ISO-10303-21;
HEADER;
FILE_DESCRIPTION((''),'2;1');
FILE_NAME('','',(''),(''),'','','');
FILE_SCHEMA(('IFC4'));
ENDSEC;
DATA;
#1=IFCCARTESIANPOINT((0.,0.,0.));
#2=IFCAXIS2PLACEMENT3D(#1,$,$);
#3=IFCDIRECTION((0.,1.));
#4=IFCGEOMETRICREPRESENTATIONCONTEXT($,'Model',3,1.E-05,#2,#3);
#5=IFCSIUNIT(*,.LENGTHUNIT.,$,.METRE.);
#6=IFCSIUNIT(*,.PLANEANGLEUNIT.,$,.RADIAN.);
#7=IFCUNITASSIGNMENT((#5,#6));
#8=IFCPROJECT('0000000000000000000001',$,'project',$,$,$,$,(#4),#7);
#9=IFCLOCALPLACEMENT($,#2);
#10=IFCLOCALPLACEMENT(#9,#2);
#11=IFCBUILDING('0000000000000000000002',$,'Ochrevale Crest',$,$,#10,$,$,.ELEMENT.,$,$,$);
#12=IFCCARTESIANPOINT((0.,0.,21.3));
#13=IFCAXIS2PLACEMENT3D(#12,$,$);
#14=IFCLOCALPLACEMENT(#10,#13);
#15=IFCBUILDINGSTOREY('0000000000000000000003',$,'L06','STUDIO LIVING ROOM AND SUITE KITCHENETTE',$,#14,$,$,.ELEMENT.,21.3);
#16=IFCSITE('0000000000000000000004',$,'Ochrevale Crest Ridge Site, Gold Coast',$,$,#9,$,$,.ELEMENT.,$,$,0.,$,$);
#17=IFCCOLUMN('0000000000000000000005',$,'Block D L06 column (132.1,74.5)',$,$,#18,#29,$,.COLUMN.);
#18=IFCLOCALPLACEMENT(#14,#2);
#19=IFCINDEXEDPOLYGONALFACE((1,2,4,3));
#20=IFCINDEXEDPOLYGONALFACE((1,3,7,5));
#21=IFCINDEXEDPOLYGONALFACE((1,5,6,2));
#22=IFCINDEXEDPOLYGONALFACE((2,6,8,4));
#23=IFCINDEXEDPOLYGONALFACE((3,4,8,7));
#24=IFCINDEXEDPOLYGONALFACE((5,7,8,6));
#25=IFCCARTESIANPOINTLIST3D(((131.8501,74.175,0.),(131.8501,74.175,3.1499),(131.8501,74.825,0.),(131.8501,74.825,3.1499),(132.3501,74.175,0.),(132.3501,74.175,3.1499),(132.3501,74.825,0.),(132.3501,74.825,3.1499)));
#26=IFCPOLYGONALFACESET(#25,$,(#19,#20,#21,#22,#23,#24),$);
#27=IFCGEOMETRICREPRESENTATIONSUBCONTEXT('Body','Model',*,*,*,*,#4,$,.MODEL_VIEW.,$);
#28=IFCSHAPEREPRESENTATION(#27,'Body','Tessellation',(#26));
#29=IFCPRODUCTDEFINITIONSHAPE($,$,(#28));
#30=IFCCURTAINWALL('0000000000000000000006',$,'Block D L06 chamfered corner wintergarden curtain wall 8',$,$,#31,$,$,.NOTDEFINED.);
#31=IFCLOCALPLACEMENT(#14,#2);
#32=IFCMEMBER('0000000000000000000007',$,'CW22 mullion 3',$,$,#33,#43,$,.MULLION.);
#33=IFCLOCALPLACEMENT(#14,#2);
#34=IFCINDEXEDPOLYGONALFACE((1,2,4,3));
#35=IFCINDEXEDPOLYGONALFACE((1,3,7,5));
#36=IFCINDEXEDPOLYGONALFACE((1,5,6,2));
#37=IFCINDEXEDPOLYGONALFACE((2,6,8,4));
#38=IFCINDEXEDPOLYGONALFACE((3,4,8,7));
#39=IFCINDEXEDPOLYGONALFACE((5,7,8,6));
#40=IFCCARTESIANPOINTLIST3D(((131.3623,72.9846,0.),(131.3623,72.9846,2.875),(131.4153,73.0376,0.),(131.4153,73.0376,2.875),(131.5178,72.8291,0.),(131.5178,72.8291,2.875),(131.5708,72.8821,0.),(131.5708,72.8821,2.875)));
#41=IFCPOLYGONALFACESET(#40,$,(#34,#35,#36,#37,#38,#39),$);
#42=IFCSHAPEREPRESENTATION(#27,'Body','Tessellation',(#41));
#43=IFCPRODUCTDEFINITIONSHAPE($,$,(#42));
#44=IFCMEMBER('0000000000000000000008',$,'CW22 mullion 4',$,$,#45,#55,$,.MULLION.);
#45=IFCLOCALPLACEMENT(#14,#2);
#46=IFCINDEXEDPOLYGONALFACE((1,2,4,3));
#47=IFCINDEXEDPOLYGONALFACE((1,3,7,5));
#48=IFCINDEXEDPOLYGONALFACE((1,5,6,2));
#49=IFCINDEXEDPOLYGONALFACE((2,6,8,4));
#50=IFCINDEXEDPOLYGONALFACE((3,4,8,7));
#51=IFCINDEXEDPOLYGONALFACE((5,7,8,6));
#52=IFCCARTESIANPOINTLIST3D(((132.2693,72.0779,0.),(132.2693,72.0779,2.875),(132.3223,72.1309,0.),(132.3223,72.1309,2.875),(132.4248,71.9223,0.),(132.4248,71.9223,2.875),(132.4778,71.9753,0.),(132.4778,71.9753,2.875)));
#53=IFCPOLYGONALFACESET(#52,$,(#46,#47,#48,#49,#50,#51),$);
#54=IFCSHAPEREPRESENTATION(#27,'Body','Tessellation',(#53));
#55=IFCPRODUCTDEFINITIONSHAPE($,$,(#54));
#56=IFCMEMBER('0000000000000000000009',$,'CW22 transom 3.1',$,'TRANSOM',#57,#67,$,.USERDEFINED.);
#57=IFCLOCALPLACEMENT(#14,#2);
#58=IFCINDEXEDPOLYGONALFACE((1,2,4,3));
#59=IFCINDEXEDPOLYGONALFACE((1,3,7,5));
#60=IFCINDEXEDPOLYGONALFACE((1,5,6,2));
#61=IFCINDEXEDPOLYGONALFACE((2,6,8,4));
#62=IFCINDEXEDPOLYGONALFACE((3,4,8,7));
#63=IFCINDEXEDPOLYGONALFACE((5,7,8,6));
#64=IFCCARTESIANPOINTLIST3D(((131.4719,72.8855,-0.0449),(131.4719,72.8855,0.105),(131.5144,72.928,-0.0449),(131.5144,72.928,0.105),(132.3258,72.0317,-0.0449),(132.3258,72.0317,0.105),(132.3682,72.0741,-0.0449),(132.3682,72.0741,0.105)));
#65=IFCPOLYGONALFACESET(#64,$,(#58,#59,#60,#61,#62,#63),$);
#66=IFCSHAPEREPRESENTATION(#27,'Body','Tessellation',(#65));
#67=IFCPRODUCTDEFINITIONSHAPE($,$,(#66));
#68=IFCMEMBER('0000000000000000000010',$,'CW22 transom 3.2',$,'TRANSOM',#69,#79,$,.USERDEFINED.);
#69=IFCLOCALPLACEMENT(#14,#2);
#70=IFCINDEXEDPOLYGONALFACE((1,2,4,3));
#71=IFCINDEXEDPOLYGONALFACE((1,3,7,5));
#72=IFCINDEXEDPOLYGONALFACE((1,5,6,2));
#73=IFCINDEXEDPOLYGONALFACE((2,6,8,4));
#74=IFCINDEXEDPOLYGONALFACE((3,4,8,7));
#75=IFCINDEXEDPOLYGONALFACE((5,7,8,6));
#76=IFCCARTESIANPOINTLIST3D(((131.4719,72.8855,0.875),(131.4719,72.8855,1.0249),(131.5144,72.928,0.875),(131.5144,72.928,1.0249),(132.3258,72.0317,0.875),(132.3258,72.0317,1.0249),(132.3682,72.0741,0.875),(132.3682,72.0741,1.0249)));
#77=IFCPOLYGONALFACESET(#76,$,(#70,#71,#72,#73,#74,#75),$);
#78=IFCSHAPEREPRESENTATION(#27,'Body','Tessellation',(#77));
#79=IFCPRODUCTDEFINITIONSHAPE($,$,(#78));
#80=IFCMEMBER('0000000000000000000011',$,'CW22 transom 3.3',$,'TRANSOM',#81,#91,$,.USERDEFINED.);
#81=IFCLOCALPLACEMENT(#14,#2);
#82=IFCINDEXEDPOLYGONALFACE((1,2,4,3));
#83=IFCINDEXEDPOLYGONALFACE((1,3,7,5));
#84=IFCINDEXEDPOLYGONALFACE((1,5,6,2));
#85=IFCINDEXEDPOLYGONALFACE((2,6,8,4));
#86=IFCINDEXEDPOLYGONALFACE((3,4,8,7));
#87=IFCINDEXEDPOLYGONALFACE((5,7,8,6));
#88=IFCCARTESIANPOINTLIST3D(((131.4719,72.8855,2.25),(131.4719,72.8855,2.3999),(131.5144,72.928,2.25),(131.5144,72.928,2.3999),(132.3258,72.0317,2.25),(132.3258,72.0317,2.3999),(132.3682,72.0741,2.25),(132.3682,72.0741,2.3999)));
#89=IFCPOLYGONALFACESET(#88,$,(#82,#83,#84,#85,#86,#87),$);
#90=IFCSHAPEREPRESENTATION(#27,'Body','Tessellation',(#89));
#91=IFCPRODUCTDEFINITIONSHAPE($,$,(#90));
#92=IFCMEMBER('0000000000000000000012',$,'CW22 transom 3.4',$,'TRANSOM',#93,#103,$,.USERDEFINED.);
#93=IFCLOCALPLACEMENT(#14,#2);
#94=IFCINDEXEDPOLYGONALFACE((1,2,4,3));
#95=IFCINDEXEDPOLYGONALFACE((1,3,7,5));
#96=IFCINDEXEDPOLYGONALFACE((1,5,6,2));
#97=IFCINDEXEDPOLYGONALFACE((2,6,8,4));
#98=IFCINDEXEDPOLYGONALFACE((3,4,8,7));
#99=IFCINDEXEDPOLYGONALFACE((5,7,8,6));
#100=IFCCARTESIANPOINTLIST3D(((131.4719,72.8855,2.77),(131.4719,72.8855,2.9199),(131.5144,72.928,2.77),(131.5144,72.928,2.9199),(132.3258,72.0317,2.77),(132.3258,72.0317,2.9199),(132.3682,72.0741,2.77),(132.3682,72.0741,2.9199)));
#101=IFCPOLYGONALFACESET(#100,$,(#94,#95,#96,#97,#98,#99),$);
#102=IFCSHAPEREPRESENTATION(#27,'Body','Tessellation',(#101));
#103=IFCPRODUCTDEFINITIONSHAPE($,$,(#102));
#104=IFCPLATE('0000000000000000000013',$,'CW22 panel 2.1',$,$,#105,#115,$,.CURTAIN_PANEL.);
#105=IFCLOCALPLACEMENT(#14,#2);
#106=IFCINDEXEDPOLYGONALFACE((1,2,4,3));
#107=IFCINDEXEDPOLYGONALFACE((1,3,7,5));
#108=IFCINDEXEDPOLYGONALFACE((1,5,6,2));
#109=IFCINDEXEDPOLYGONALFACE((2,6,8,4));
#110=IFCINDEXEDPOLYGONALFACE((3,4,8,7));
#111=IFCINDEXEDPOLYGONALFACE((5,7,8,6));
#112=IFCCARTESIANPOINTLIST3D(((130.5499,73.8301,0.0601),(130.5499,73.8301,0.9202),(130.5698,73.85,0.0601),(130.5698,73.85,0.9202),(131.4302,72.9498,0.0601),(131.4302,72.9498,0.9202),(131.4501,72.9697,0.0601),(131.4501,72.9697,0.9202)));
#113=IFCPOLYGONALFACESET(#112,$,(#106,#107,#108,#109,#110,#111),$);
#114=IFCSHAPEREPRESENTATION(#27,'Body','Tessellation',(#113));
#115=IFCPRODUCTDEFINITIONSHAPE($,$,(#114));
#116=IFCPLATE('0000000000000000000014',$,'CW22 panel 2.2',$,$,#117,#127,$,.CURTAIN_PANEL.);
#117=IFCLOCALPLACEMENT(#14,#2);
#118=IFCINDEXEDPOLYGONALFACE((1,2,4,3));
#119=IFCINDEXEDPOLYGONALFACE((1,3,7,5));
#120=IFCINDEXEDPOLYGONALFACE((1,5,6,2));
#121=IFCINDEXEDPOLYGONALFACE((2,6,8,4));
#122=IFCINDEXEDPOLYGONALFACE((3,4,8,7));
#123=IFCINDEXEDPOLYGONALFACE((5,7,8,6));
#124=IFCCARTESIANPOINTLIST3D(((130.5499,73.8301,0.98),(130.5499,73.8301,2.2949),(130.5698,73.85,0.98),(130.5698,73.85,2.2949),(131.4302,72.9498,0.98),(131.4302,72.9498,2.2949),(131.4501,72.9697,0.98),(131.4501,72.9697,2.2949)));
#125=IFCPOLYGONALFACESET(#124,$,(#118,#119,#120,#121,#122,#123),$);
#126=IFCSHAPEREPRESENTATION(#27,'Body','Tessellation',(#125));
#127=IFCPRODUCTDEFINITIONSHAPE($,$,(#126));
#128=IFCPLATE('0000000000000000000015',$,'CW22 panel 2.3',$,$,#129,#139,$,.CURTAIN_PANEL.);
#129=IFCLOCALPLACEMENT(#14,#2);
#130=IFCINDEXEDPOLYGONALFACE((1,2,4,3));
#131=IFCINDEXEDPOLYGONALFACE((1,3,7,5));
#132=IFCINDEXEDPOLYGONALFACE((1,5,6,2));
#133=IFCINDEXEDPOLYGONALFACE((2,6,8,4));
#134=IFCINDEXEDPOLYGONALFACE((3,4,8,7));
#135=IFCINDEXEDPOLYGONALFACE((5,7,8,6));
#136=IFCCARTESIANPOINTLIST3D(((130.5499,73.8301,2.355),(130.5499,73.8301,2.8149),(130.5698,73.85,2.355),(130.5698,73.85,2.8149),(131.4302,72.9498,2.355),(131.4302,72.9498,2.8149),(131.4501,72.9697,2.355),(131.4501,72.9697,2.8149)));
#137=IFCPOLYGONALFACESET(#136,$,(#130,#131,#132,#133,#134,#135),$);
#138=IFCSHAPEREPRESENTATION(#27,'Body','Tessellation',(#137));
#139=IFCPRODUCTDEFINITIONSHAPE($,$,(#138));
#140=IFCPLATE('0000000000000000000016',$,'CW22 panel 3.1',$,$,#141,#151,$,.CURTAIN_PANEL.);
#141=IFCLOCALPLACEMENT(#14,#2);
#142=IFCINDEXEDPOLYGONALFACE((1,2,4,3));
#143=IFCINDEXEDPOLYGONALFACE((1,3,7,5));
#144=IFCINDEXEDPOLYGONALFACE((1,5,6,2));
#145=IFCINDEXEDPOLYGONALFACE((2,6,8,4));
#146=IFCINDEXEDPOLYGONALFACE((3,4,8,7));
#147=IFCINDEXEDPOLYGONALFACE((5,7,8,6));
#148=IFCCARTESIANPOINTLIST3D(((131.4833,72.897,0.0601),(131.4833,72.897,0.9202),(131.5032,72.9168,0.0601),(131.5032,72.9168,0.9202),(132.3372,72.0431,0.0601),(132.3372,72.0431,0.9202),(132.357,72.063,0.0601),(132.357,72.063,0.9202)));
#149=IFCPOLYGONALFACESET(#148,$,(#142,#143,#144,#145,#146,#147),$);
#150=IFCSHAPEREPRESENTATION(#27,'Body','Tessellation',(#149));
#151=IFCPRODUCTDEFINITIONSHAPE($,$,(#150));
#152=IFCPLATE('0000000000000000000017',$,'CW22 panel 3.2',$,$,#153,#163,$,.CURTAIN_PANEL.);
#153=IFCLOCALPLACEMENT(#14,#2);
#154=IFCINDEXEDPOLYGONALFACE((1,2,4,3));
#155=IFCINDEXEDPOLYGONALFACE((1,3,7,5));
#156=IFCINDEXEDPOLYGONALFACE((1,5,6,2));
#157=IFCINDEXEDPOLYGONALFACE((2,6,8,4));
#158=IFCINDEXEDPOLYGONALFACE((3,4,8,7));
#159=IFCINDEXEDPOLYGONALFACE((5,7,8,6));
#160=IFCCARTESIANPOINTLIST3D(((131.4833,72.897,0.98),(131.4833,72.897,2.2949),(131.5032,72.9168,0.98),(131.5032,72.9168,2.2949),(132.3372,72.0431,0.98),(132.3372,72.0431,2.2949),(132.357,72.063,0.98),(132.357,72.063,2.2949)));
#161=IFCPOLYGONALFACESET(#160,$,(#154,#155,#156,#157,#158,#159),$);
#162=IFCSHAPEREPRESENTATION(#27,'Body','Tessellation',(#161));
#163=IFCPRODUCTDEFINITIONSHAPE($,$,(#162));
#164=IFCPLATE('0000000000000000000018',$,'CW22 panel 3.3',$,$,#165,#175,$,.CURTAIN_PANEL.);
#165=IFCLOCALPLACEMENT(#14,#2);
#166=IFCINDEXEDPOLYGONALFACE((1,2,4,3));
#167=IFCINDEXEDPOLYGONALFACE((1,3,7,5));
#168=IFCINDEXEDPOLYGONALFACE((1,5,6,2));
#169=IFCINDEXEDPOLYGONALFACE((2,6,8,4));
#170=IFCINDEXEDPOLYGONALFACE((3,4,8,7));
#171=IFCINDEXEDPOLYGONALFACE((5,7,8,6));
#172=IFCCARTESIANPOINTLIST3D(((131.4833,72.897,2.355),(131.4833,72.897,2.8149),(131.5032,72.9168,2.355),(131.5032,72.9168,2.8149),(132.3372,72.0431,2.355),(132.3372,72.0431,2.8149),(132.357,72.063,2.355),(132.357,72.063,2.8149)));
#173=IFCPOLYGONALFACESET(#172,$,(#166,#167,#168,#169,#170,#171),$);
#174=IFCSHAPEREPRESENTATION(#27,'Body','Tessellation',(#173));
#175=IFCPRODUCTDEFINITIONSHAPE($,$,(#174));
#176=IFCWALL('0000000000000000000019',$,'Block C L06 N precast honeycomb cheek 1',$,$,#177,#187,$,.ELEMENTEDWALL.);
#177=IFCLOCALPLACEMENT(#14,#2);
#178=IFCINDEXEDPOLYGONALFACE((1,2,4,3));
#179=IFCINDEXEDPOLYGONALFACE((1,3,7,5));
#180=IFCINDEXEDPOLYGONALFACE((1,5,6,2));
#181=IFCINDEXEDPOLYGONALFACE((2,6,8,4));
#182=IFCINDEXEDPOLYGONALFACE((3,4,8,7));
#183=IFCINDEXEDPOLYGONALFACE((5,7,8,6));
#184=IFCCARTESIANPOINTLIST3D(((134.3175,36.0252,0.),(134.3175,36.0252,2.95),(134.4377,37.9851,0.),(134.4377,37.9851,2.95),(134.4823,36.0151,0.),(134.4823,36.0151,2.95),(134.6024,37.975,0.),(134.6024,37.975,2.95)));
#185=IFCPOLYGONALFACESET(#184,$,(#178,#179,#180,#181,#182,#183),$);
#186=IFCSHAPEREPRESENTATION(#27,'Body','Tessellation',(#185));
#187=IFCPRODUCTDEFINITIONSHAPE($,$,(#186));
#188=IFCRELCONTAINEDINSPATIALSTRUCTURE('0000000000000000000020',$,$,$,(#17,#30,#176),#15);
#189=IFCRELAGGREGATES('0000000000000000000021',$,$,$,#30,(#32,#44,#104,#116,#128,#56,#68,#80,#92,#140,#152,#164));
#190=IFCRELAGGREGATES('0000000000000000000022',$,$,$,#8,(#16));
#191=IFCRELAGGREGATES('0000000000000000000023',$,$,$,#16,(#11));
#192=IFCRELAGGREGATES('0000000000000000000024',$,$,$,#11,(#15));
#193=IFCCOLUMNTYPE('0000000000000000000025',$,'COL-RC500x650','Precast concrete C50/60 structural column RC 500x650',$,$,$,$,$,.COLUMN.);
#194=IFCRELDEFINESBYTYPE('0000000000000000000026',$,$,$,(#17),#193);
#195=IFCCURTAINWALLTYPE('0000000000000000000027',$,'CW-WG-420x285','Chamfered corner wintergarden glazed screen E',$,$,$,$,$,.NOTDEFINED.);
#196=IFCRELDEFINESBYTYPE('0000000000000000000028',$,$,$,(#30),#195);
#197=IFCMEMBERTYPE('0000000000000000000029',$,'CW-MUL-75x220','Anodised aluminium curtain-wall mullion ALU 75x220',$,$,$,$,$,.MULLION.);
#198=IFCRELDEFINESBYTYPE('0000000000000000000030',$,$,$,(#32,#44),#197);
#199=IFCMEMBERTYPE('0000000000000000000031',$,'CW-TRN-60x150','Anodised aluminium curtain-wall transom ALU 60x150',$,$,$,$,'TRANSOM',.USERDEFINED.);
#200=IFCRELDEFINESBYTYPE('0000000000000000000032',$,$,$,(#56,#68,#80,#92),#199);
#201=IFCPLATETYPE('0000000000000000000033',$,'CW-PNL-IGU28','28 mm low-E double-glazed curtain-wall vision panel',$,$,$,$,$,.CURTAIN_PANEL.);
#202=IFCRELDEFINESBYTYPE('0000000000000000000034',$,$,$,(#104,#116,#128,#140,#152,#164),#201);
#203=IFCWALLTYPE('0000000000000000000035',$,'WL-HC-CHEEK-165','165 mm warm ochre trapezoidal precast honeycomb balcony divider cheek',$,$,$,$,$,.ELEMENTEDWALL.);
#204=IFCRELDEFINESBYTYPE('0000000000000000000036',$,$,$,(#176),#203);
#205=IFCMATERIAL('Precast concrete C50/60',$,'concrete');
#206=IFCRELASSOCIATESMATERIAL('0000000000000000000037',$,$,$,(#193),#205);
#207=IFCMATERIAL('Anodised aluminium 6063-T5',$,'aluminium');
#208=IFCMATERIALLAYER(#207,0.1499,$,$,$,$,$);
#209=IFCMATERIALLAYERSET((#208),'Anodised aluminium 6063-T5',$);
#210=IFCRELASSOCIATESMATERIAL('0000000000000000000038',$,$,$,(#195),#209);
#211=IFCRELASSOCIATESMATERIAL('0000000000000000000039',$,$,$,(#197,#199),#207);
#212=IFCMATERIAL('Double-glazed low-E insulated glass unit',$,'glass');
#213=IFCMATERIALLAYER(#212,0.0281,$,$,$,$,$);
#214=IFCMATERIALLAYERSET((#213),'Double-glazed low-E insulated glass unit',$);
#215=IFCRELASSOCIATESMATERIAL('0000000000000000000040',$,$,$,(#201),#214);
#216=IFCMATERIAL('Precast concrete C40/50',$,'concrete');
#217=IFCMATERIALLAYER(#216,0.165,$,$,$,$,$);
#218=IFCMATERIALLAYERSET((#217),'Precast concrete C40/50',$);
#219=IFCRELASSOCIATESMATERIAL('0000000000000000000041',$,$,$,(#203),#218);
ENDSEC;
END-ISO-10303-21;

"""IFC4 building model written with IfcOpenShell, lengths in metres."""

from ifc_helpers import new_model, si_unit, direction, frame, frame_2d, origin, origin_2d, place, context, subcontext, project, spatial, rectangle, extrude, material, layer, layer_set, material_profile, profile_set, type_object, element, aggregate, save


model = new_model("IFC4")

# Units and contexts
model_context = context("Model", 3, precision=1e-05, world=origin(), true_north=direction((0.0, 1.0)))
body_context = subcontext(model_context, "Body", "Model", "MODEL_VIEW")
ifc_project = project(units=[si_unit("LENGTHUNIT", "METRE"), si_unit("PLANEANGLEUNIT", "RADIAN")], contexts=[model_context])

# Site, building, storey
site_placement = place(None, origin())
site = spatial("IfcSite", under=ifc_project, at=site_placement, Name="Ochrevale Crest Ridge Site, Gold Coast", CompositionType="ELEMENT", RefElevation=0.0)
building_placement = place(site_placement, origin())
building = spatial("IfcBuilding", under=site, at=building_placement, Name="Ochrevale Crest", CompositionType="ELEMENT")
storey_placement = place(building_placement, frame((0.0, 0.0, 21.3)))
storey = spatial("IfcBuildingStorey", under=building, at=storey_placement, Name="L06", Description="STUDIO LIVING ROOM AND SUITE KITCHENETTE", CompositionType="ELEMENT", Elevation=21.3)

# Column
ifc_material_1 = material(Name="Precast concrete C50/60", Category="concrete")
ifc_material_profile_1 = material_profile(ifc_material_1, rectangle(XDim=0.5, YDim=0.6499, at=origin_2d()), Name="RC 500x650")
ifc_profile_set_1 = profile_set([ifc_material_profile_1], Name="Precast concrete C50/60")
column_type = type_object("IfcColumnType", Name="COL-RC500x650", Description="Precast concrete C50/60 structural column RC 500x650", PredefinedType="COLUMN", material=ifc_profile_set_1)
column_placement = place(storey_placement, frame((132.1001, 74.5, 0.0), z_axis=(0.0, 0.0, 1.0), x_axis=(1.0, 0.0, 0.0)))
element("IfcColumn", 1, at=column_placement, inside=storey, type_object=column_type, Name="Block D L06 column (132.1,74.5)", PredefinedType="COLUMN", context=body_context, shape_type="SweptSolid", body=[
    extrude(rectangle(XDim=0.5, YDim=0.6499, at=origin_2d()), origin(), (0.0, 0.0, 1.0), 3.1499),
])

# Curtain wall, members, plates
ifc_material_2 = material(Name="Anodised aluminium 6063-T5", Category="aluminium")
ifc_layer_1 = layer(ifc_material_2, 0.1499)
ifc_layer_set_1 = layer_set([ifc_layer_1], Name="Anodised aluminium 6063-T5")
curtain_wall_type = type_object("IfcCurtainWallType", Name="CW-WG-420x285", Description="Chamfered corner wintergarden glazed screen E", PredefinedType="NOTDEFINED", material=ifc_layer_set_1)
curtain_wall_placement = place(storey_placement, origin())
curtain_wall = element("IfcCurtainWall", 2, at=curtain_wall_placement, inside=storey, type_object=curtain_wall_type, Name="Block D L06 chamfered corner wintergarden curtain wall 8", PredefinedType="NOTDEFINED")
ifc_material_profile_2 = material_profile(ifc_material_2, rectangle(XDim=0.075, YDim=0.22, at=origin_2d()), Name="ALU 75x220")
ifc_profile_set_2 = profile_set([ifc_material_profile_2], Name="Anodised aluminium 6063-T5")
member_type_1 = type_object("IfcMemberType", Name="CW-MUL-75x220", Description="Anodised aluminium curtain-wall mullion ALU 75x220", PredefinedType="MULLION", material=ifc_profile_set_2)
member_1_placement = place(storey_placement, frame((131.4666, 72.9333, 0.0), z_axis=(0.0, 0.0, 1.0), x_axis=(0.707107, 0.707107, 0.0)))
member_1 = element("IfcMember", 3, at=member_1_placement, type_object=member_type_1, Name="CW22 mullion 3", PredefinedType="MULLION", context=body_context, shape_type="SweptSolid", body=[
    extrude(rectangle(XDim=0.075, YDim=0.22, at=origin_2d()), origin(), (0.0, 0.0, 1.0), 2.875),
])
member_2_placement = place(storey_placement, frame((132.3735, 72.0266, 0.0), z_axis=(0.0, 0.0, 1.0), x_axis=(0.707107, 0.707107, 0.0)))
member_2 = element("IfcMember", 4, at=member_2_placement, type_object=member_type_1, Name="CW22 mullion 4", PredefinedType="MULLION", context=body_context, shape_type="SweptSolid", body=[
    extrude(rectangle(XDim=0.075, YDim=0.22, at=origin_2d()), origin(), (0.0, 0.0, 1.0), 2.875),
])
ifc_material_profile_3 = material_profile(ifc_material_2, rectangle(XDim=0.0601, YDim=0.1499, at=origin_2d()), Name="ALU 60x150")
ifc_profile_set_3 = profile_set([ifc_material_profile_3], Name="Anodised aluminium 6063-T5")
member_type_2 = type_object("IfcMemberType", Name="CW-TRN-60x150", Description="Anodised aluminium curtain-wall transom ALU 60x150", ElementType="TRANSOM", PredefinedType="USERDEFINED", material=ifc_profile_set_3)
member_3_placement = place(storey_placement, frame((131.4932, 72.9067, 0.03), z_axis=(0.707107, -0.707107, 0.0), x_axis=(0.707107, 0.707107, 0.0)))
member_3 = element("IfcMember", 5, at=member_3_placement, type_object=member_type_2, Name="CW22 transom 3.1", ObjectType="TRANSOM", PredefinedType="USERDEFINED", context=body_context, shape_type="SweptSolid", body=[
    extrude(rectangle(XDim=0.0601, YDim=0.1499, at=origin_2d()), origin(), (0.0, 0.0, 1.0), 1.2075),
])
member_4_placement = place(storey_placement, frame((131.4932, 72.9067, 0.95), z_axis=(0.707107, -0.707107, 0.0), x_axis=(0.707107, 0.707107, 0.0)))
member_4 = element("IfcMember", 6, at=member_4_placement, type_object=member_type_2, Name="CW22 transom 3.2", ObjectType="TRANSOM", PredefinedType="USERDEFINED", context=body_context, shape_type="SweptSolid", body=[
    extrude(rectangle(XDim=0.0601, YDim=0.1499, at=origin_2d()), origin(), (0.0, 0.0, 1.0), 1.2075),
])
member_5_placement = place(storey_placement, frame((131.4932, 72.9067, 2.325), z_axis=(0.707107, -0.707107, 0.0), x_axis=(0.707107, 0.707107, 0.0)))
member_5 = element("IfcMember", 7, at=member_5_placement, type_object=member_type_2, Name="CW22 transom 3.3", ObjectType="TRANSOM", PredefinedType="USERDEFINED", context=body_context, shape_type="SweptSolid", body=[
    extrude(rectangle(XDim=0.0601, YDim=0.1499, at=origin_2d()), origin(), (0.0, 0.0, 1.0), 1.2075),
])
member_6_placement = place(storey_placement, frame((131.4932, 72.9067, 2.845), z_axis=(0.707107, -0.707107, 0.0), x_axis=(0.707107, 0.707107, 0.0)))
member_6 = element("IfcMember", 8, at=member_6_placement, type_object=member_type_2, Name="CW22 transom 3.4", ObjectType="TRANSOM", PredefinedType="USERDEFINED", context=body_context, shape_type="SweptSolid", body=[
    extrude(rectangle(XDim=0.0601, YDim=0.1499, at=origin_2d()), origin(), (0.0, 0.0, 1.0), 1.2075),
])
ifc_material_3 = material(Name="Double-glazed low-E insulated glass unit", Category="glass")
ifc_layer_2 = layer(ifc_material_3, 0.0281)
ifc_layer_set_2 = layer_set([ifc_layer_2], Name="Double-glazed low-E insulated glass unit")
plate_type = type_object("IfcPlateType", Name="CW-PNL-IGU28", Description="28 mm low-E double-glazed curtain-wall vision panel", PredefinedType="CURTAIN_PANEL", material=ifc_layer_set_2)
plate_1_placement = place(storey_placement, frame((131.0, 73.3999, 0.0601), z_axis=(0.0, 0.0, 1.0), x_axis=(0.707107, -0.707107, 0.0)))
plate_1 = element("IfcPlate", 9, at=plate_1_placement, type_object=plate_type, Name="CW22 panel 2.1", PredefinedType="CURTAIN_PANEL", context=body_context, shape_type="SweptSolid", body=[
    extrude(rectangle(XDim=1.2449, YDim=0.0281, at=origin_2d()), origin(), (0.0, 0.0, 1.0), 0.8601),
])
plate_2_placement = place(storey_placement, frame((131.0, 73.3999, 0.98), z_axis=(0.0, 0.0, 1.0), x_axis=(0.707107, -0.707107, 0.0)))
plate_2 = element("IfcPlate", 10, at=plate_2_placement, type_object=plate_type, Name="CW22 panel 2.2", PredefinedType="CURTAIN_PANEL", context=body_context, shape_type="SweptSolid", body=[
    extrude(rectangle(XDim=1.2449, YDim=0.0281, at=origin_2d()), origin(), (0.0, 0.0, 1.0), 1.3149),
])
plate_3_placement = place(storey_placement, frame((131.0, 73.3999, 2.355), z_axis=(0.0, 0.0, 1.0), x_axis=(0.707107, -0.707107, 0.0)))
plate_3 = element("IfcPlate", 11, at=plate_3_placement, type_object=plate_type, Name="CW22 panel 2.3", PredefinedType="CURTAIN_PANEL", context=body_context, shape_type="SweptSolid", body=[
    extrude(rectangle(XDim=1.2449, YDim=0.0281, at=origin_2d()), origin(), (0.0, 0.0, 1.0), 0.46),
])
plate_4_placement = place(storey_placement, frame((131.9202, 72.48, 0.0601), z_axis=(0.0, 0.0, 1.0), x_axis=(0.707107, -0.707107, 0.0)))
plate_4 = element("IfcPlate", 12, at=plate_4_placement, type_object=plate_type, Name="CW22 panel 3.1", PredefinedType="CURTAIN_PANEL", context=body_context, shape_type="SweptSolid", body=[
    extrude(rectangle(XDim=1.2075, YDim=0.0281, at=origin_2d()), origin(), (0.0, 0.0, 1.0), 0.8601),
])
plate_5_placement = place(storey_placement, frame((131.9202, 72.48, 0.98), z_axis=(0.0, 0.0, 1.0), x_axis=(0.707107, -0.707107, 0.0)))
plate_5 = element("IfcPlate", 13, at=plate_5_placement, type_object=plate_type, Name="CW22 panel 3.2", PredefinedType="CURTAIN_PANEL", context=body_context, shape_type="SweptSolid", body=[
    extrude(rectangle(XDim=1.2075, YDim=0.0281, at=origin_2d()), origin(), (0.0, 0.0, 1.0), 1.3149),
])
plate_6_placement = place(storey_placement, frame((131.9202, 72.48, 2.355), z_axis=(0.0, 0.0, 1.0), x_axis=(0.707107, -0.707107, 0.0)))
plate_6 = element("IfcPlate", 14, at=plate_6_placement, type_object=plate_type, Name="CW22 panel 3.3", PredefinedType="CURTAIN_PANEL", context=body_context, shape_type="SweptSolid", body=[
    extrude(rectangle(XDim=1.2075, YDim=0.0281, at=origin_2d()), origin(), (0.0, 0.0, 1.0), 0.46),
])
aggregate(curtain_wall, [member_1, member_2, plate_1, plate_2, plate_3, member_3, member_4, member_5, member_6, plate_4, plate_5, plate_6])

# Shared definitions
ifc_material_4 = material(Name="Precast concrete C40/50", Category="concrete")

# Wall
ifc_layer_3 = layer(ifc_material_4, 0.165)
ifc_layer_set_3 = layer_set([ifc_layer_3], Name="Precast concrete C40/50")
wall_type_1 = type_object("IfcWallType", Name="WL-HC-CHEEK-165", Description="165 mm warm ochre trapezoidal precast honeycomb balcony divider cheek", PredefinedType="ELEMENTEDWALL", material=ifc_layer_set_3)
wall_1_placement = place(storey_placement, frame((134.3999, 36.02, 0.0), z_axis=(0.0, 0.0, 1.0), x_axis=(0.061171, 0.998127, 0.0)))
element("IfcWall", 15, at=wall_1_placement, inside=storey, type_object=wall_type_1, Name="Block C L06 N precast honeycomb cheek 1", PredefinedType="ELEMENTEDWALL", context=body_context, shape_type="SweptSolid", body=[
    extrude(rectangle(XDim=1.9636, YDim=0.165, at=frame_2d((0.9819, 0.0))), origin(), (0.0, 0.0, 1.0), 2.95),
])

save(model, "model.ifc")
